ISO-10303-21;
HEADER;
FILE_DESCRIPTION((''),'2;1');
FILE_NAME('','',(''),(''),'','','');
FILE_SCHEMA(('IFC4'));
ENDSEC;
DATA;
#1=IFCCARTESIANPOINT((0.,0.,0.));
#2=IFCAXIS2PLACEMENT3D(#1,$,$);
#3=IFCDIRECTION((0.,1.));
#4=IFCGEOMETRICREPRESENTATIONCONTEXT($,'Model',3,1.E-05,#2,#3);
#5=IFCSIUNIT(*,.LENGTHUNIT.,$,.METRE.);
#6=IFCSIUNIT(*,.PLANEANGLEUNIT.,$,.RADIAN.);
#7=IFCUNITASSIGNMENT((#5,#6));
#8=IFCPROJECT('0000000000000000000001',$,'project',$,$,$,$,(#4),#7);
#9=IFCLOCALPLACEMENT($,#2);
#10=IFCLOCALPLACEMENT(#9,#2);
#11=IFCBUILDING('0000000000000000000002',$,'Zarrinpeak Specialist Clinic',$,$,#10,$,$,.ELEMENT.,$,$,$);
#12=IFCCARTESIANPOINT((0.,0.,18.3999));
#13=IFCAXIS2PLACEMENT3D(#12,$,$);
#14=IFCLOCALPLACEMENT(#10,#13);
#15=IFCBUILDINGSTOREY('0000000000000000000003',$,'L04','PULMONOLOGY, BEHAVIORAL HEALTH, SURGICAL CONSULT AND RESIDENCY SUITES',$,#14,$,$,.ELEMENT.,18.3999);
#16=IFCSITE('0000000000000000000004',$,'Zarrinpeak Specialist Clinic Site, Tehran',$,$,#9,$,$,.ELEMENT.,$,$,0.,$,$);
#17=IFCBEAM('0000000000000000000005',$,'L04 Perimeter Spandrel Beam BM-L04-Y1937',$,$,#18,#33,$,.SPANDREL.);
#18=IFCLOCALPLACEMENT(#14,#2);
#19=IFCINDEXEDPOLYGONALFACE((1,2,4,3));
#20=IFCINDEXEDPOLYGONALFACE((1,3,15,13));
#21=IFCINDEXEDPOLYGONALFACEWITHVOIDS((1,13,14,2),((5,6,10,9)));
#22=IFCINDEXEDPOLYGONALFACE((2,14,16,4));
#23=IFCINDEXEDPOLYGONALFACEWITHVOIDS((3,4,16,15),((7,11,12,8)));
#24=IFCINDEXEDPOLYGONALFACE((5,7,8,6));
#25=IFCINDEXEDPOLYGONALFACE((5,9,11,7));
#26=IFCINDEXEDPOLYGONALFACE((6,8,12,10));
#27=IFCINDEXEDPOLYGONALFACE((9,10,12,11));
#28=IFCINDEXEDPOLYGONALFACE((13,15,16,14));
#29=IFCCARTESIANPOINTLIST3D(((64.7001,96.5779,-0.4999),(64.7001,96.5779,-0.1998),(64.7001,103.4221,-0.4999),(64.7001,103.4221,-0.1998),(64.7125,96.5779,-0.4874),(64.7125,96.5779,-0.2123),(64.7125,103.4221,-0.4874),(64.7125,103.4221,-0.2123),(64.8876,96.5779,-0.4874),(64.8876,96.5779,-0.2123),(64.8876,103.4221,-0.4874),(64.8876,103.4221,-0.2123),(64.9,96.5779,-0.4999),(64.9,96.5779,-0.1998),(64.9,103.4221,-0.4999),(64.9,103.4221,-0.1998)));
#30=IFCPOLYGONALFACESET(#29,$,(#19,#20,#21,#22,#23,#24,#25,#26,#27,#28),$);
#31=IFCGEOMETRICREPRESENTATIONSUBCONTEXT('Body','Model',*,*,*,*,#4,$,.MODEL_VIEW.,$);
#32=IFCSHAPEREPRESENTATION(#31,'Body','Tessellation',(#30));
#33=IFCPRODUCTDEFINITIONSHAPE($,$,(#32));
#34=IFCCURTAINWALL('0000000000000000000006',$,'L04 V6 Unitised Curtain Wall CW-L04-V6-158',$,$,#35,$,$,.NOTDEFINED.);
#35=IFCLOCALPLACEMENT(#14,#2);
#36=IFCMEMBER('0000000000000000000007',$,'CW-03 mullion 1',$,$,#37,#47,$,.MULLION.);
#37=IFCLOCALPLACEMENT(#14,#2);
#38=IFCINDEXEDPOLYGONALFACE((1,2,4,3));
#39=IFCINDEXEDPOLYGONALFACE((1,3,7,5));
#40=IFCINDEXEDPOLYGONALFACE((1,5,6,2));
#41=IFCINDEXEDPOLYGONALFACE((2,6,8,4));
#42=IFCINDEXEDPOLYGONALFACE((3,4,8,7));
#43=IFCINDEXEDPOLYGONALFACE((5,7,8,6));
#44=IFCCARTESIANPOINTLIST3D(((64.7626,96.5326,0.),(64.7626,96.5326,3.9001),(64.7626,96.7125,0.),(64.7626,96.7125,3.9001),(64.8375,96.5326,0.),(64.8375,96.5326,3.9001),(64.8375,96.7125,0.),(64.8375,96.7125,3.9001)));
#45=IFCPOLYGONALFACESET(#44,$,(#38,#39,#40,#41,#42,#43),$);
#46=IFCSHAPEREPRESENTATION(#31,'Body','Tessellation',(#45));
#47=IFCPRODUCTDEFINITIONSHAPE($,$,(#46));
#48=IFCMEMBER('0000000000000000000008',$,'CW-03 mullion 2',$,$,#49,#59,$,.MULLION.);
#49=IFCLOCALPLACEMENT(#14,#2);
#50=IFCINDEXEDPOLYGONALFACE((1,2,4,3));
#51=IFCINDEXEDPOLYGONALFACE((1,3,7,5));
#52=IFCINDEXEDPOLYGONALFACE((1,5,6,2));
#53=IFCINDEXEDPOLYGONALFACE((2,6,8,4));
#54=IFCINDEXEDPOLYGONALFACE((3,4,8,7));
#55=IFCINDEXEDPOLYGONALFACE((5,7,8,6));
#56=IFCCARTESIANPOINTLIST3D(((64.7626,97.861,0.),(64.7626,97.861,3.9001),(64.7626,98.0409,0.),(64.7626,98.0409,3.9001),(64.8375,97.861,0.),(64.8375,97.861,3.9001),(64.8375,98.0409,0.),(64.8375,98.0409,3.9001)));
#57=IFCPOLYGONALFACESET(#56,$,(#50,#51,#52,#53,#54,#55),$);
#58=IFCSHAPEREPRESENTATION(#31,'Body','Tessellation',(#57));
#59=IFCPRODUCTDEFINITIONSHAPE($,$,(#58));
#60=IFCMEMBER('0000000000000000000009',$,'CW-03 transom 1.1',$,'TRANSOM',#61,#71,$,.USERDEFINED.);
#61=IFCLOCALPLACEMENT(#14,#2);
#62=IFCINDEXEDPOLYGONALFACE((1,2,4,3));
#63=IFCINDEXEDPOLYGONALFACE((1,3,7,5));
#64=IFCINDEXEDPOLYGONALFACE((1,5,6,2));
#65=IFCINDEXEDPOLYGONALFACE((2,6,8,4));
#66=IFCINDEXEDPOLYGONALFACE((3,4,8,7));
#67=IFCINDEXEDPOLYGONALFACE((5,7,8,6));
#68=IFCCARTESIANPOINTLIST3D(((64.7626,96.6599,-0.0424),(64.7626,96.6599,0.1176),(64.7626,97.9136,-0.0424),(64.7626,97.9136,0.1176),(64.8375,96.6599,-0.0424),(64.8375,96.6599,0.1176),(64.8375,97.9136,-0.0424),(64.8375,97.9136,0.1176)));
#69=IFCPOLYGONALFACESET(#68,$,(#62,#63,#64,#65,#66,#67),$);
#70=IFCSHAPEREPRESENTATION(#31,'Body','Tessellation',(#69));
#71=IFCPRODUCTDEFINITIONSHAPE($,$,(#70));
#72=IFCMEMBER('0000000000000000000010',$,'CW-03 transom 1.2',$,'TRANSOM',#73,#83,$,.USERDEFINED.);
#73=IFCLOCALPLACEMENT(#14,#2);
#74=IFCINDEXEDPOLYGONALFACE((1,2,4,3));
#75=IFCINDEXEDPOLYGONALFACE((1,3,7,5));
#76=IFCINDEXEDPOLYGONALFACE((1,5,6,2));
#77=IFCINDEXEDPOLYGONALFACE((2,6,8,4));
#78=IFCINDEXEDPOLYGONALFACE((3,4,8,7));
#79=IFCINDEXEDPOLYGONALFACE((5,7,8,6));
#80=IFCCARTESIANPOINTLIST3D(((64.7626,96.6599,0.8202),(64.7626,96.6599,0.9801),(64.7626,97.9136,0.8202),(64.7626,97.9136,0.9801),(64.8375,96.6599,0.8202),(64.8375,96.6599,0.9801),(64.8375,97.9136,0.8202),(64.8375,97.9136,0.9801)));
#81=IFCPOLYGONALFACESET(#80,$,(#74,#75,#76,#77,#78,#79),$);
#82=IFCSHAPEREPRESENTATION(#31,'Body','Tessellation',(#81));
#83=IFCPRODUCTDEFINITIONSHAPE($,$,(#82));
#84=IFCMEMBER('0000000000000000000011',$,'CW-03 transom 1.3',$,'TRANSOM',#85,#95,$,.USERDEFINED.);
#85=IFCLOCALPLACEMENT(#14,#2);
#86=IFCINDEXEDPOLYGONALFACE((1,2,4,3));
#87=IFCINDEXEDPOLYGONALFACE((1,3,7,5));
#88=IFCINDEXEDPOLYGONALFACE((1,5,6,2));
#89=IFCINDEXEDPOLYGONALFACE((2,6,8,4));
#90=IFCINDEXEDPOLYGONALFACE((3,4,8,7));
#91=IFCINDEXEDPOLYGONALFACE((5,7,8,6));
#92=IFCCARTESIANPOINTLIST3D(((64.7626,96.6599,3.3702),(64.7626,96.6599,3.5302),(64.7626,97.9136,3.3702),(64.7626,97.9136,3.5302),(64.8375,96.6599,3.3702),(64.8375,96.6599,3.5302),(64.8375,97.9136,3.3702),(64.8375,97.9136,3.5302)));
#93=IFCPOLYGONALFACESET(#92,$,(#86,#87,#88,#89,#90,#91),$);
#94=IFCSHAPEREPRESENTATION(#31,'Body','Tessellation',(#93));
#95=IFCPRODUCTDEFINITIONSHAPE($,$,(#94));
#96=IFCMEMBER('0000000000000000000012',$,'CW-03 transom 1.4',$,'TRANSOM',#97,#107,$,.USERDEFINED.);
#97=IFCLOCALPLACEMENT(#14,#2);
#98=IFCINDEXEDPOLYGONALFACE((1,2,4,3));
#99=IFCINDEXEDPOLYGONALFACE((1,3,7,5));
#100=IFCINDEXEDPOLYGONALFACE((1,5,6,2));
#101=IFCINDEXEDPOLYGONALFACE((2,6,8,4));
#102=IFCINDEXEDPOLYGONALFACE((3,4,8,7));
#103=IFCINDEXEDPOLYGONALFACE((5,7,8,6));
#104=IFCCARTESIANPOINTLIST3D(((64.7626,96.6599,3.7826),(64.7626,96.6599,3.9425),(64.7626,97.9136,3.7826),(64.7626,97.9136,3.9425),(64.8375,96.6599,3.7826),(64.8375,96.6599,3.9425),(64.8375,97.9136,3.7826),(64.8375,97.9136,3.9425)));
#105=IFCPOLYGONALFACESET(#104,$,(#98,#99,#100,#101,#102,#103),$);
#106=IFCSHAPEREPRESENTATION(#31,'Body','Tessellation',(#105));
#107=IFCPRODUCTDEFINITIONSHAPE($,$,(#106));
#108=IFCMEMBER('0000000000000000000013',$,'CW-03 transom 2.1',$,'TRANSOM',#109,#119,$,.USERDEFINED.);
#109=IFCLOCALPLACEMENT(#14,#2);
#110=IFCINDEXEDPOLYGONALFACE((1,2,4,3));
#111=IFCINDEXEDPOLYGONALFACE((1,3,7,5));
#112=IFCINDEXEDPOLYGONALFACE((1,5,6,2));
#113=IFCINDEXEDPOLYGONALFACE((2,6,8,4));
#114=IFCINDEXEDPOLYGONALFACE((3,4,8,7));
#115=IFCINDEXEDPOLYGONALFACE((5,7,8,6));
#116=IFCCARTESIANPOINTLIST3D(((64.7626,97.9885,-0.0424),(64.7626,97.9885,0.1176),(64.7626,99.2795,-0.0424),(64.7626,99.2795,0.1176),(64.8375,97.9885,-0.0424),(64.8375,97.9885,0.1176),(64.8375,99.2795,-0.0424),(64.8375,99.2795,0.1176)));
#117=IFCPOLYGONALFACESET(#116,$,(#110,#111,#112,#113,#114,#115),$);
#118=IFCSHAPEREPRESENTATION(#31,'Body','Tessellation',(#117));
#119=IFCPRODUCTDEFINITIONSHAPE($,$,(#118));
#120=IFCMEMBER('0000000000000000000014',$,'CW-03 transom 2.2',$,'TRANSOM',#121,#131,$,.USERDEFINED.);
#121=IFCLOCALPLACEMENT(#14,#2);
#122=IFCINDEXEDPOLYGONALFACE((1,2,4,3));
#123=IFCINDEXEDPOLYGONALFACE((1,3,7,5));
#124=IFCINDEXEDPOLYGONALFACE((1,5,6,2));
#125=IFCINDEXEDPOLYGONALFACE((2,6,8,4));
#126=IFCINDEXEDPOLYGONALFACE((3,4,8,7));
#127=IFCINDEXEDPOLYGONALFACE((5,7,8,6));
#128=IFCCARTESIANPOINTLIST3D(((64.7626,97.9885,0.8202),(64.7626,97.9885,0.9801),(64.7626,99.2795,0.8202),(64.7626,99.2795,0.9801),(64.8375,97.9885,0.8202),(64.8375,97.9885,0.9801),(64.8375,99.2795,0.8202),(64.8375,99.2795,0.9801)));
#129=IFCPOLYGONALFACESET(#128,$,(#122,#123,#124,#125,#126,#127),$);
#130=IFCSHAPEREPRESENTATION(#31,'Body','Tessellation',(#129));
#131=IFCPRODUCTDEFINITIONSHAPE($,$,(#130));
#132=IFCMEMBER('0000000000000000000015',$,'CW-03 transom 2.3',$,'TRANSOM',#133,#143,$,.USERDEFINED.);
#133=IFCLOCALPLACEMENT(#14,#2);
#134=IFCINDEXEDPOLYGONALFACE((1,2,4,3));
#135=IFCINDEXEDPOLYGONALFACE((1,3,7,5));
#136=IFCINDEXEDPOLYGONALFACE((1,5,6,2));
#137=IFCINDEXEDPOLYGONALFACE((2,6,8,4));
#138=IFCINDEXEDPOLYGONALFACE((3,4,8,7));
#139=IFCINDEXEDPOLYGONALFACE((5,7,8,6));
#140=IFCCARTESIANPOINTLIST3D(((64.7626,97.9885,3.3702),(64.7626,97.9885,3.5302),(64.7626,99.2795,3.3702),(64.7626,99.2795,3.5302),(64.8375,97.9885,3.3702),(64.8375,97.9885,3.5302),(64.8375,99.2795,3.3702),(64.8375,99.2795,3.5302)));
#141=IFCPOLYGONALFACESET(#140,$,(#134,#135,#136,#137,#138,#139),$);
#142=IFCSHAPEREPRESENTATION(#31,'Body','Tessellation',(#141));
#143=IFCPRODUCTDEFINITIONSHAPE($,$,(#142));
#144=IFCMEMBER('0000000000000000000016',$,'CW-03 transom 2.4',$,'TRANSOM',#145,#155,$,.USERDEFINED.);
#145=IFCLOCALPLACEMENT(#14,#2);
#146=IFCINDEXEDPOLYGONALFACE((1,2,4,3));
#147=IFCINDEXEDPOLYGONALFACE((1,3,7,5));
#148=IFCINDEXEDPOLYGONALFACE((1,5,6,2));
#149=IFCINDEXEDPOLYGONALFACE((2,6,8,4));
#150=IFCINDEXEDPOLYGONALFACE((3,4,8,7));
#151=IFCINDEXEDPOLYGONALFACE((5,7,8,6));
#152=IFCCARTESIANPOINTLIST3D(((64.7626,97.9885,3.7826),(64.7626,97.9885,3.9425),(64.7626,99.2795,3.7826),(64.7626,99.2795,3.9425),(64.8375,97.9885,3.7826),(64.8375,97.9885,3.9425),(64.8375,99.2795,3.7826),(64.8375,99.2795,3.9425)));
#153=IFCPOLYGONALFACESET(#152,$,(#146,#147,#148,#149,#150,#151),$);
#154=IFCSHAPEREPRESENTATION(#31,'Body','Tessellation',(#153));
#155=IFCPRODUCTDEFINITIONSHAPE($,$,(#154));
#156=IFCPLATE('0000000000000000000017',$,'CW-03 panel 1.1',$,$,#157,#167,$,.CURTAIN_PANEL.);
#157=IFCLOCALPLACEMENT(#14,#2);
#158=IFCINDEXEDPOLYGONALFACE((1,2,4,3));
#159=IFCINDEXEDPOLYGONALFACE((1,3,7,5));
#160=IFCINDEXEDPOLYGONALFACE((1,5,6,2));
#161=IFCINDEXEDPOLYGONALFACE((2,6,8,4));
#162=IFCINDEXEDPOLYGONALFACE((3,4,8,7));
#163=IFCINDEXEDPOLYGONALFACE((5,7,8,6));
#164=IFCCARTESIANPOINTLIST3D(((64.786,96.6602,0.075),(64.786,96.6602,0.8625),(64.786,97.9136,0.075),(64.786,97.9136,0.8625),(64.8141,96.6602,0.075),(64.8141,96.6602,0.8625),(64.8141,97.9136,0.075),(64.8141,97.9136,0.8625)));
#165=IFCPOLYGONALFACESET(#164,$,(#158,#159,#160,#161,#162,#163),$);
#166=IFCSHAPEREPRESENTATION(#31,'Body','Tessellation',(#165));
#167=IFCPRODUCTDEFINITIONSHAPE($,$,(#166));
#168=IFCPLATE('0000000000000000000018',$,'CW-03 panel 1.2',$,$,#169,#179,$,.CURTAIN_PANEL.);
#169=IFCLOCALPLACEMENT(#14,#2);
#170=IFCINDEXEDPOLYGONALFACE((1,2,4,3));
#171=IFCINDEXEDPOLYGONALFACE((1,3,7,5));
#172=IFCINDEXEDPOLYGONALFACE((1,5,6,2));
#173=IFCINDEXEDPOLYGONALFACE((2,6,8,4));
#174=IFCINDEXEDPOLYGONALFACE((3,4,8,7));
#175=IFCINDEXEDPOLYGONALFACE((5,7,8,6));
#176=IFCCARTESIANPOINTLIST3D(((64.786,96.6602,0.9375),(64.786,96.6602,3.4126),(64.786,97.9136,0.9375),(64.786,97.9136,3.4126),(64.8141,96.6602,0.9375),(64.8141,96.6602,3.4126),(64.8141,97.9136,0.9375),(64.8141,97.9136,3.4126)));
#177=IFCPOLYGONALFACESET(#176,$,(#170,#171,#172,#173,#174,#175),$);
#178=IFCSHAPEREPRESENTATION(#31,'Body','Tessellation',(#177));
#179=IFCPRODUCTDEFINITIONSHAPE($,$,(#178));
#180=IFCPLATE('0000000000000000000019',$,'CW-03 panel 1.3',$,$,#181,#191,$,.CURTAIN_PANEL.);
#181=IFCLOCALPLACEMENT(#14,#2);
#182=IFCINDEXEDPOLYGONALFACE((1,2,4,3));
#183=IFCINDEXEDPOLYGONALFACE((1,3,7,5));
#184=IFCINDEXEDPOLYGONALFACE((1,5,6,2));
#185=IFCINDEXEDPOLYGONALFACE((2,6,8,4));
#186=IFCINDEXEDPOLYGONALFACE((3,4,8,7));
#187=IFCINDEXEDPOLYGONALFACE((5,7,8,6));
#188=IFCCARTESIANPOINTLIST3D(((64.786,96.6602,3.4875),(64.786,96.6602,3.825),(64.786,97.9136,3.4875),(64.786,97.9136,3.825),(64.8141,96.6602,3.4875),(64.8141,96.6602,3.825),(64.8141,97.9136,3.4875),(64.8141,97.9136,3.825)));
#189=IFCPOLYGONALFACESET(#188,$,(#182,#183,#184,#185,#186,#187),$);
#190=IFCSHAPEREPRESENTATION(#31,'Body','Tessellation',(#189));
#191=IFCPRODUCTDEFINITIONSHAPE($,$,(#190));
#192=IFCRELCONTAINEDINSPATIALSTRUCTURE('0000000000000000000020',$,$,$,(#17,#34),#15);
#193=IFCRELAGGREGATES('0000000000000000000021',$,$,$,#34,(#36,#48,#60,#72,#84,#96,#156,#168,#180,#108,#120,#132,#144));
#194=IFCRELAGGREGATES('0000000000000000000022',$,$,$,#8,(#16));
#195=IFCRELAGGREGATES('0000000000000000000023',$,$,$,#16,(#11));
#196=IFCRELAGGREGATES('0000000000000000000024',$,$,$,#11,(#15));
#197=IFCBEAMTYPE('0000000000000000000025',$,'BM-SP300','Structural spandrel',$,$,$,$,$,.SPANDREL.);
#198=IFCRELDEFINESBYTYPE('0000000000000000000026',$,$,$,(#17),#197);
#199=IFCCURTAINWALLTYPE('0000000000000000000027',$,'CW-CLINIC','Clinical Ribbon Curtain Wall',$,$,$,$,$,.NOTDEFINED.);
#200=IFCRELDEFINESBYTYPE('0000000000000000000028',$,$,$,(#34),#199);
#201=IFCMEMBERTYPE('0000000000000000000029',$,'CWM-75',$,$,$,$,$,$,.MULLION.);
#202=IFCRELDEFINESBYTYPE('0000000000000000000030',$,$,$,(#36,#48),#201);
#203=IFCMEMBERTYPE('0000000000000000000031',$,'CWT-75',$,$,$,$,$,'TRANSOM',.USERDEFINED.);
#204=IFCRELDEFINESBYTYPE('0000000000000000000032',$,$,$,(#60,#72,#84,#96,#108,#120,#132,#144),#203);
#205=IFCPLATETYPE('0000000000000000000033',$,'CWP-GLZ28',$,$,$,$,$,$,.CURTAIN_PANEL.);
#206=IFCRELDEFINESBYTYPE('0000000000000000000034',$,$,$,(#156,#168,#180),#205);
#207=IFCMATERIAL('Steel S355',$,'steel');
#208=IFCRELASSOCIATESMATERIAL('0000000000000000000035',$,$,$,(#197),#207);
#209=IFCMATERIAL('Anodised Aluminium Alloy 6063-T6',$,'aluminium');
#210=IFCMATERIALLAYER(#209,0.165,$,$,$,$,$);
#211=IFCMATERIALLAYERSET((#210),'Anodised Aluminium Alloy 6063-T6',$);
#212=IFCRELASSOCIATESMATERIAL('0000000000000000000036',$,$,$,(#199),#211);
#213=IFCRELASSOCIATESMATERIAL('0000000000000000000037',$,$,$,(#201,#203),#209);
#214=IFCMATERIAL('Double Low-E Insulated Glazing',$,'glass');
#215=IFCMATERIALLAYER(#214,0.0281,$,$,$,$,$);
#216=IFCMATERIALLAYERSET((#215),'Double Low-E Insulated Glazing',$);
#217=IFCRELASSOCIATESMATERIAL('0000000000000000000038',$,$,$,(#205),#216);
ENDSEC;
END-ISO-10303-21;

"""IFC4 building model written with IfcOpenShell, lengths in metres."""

from ifc_helpers import new_model, si_unit, direction, frame, origin, origin_2d, place, context, subcontext, project, spatial, rectangle, hollow_rectangle, extrude, material, layer, layer_set, material_profile, profile_set, type_object, element, aggregate, save


model = new_model("IFC4")

# Units and contexts
model_context = context("Model", 3, precision=1e-05, world=origin(), true_north=direction((0.0, 1.0)))
body_context = subcontext(model_context, "Body", "Model", "MODEL_VIEW")
ifc_project = project(units=[si_unit("LENGTHUNIT", "METRE"), si_unit("PLANEANGLEUNIT", "RADIAN")], contexts=[model_context])

# Site, building, storey
site_placement = place(None, origin())
site = spatial("IfcSite", under=ifc_project, at=site_placement, Name="Zarrinpeak Specialist Clinic Site, Tehran", CompositionType="ELEMENT", RefElevation=0.0)
building_placement = place(site_placement, origin())
building = spatial("IfcBuilding", under=site, at=building_placement, Name="Zarrinpeak Specialist Clinic", CompositionType="ELEMENT")
storey_placement = place(building_placement, frame((0.0, 0.0, 18.3999)))
storey = spatial("IfcBuildingStorey", under=building, at=storey_placement, Name="L04", Description="PULMONOLOGY, BEHAVIORAL HEALTH, SURGICAL CONSULT AND RESIDENCY SUITES", CompositionType="ELEMENT", Elevation=18.3999)

# Beam
ifc_material_1 = material(Name="Steel S355", Category="steel")
ifc_material_profile_1 = material_profile(ifc_material_1, hollow_rectangle(XDim=0.2, YDim=0.3, WallThickness=0.0125, at=origin_2d()), Name="RHS 300x200x12.5")
ifc_profile_set_1 = profile_set([ifc_material_profile_1], Name="Steel S355")
beam_type_1 = type_object("IfcBeamType", Name="BM-SP300", Description="Structural spandrel", PredefinedType="SPANDREL", material=ifc_profile_set_1)
beam_1_placement = place(storey_placement, frame((64.8, 96.5779, -0.3499), z_axis=(0.0, 1.0, 0.0), x_axis=(-1.0, 0.0, 0.0)))
element("IfcBeam", 1, at=beam_1_placement, inside=storey, type_object=beam_type_1, Name="L04 Perimeter Spandrel Beam BM-L04-Y1937", PredefinedType="SPANDREL", context=body_context, shape_type="SweptSolid", body=[
    extrude(hollow_rectangle(XDim=0.2, YDim=0.3, WallThickness=0.0125, at=origin_2d()), origin(), (0.0, 0.0, 1.0), 6.8442),
])

# Curtain wall, members, plates
ifc_material_2 = material(Name="Anodised Aluminium Alloy 6063-T6", Category="aluminium")
ifc_layer_1 = layer(ifc_material_2, 0.165)
ifc_layer_set_1 = layer_set([ifc_layer_1], Name="Anodised Aluminium Alloy 6063-T6")
curtain_wall_type = type_object("IfcCurtainWallType", Name="CW-CLINIC", Description="Clinical Ribbon Curtain Wall", PredefinedType="NOTDEFINED", material=ifc_layer_set_1)
curtain_wall_placement = place(storey_placement, origin())
curtain_wall = element("IfcCurtainWall", 2, at=curtain_wall_placement, inside=storey, type_object=curtain_wall_type, Name="L04 V6 Unitised Curtain Wall CW-L04-V6-158", PredefinedType="NOTDEFINED")
ifc_material_profile_2 = material_profile(ifc_material_2, rectangle(XDim=0.075, YDim=0.1799, at=origin_2d()), Name="ALU 75x180")
ifc_profile_set_2 = profile_set([ifc_material_profile_2], Name="Anodised Aluminium Alloy 6063-T6")
member_type_1 = type_object("IfcMemberType", Name="CWM-75", PredefinedType="MULLION", material=ifc_profile_set_2)
member_1_placement = place(storey_placement, frame((64.8, 96.6226, 0.0), z_axis=(0.0, 0.0, 1.0), x_axis=(-1.0, 0.0, 0.0)))
member_1 = element("IfcMember", 3, at=member_1_placement, type_object=member_type_1, Name="CW-03 mullion 1", PredefinedType="MULLION", context=body_context, shape_type="SweptSolid", body=[
    extrude(rectangle(XDim=0.075, YDim=0.1799, at=origin_2d()), origin(), (0.0, 0.0, 1.0), 3.9001),
])
member_2_placement = place(storey_placement, frame((64.8, 97.9509, 0.0), z_axis=(0.0, 0.0, 1.0), x_axis=(-1.0, 0.0, 0.0)))
member_2 = element("IfcMember", 4, at=member_2_placement, type_object=member_type_1, Name="CW-03 mullion 2", PredefinedType="MULLION", context=body_context, shape_type="SweptSolid", body=[
    extrude(rectangle(XDim=0.075, YDim=0.1799, at=origin_2d()), origin(), (0.0, 0.0, 1.0), 3.9001),
])
ifc_material_profile_3 = material_profile(ifc_material_2, rectangle(XDim=0.075, YDim=0.1599, at=origin_2d()), Name="ALU 75x160")
ifc_profile_set_3 = profile_set([ifc_material_profile_3], Name="Anodised Aluminium Alloy 6063-T6")
member_type_2 = type_object("IfcMemberType", Name="CWT-75", ElementType="TRANSOM", PredefinedType="USERDEFINED", material=ifc_profile_set_3)
member_3_placement = place(storey_placement, frame((64.8, 96.6599, 0.0376), z_axis=(0.0, 1.0, 0.0), x_axis=(-1.0, 0.0, 0.0)))
member_3 = element("IfcMember", 5, at=member_3_placement, type_object=member_type_2, Name="CW-03 transom 1.1", ObjectType="TRANSOM", PredefinedType="USERDEFINED", context=body_context, shape_type="SweptSolid", body=[
    extrude(rectangle(XDim=0.075, YDim=0.1599, at=origin_2d()), origin(), (0.0, 0.0, 1.0), 1.2537),
])
member_4_placement = place(storey_placement, frame((64.8, 96.6599, 0.9001), z_axis=(0.0, 1.0, 0.0), x_axis=(-1.0, 0.0, 0.0)))
member_4 = element("IfcMember", 6, at=member_4_placement, type_object=member_type_2, Name="CW-03 transom 1.2", ObjectType="TRANSOM", PredefinedType="USERDEFINED", context=body_context, shape_type="SweptSolid", body=[
    extrude(rectangle(XDim=0.075, YDim=0.1599, at=origin_2d()), origin(), (0.0, 0.0, 1.0), 1.2537),
])
member_5_placement = place(storey_placement, frame((64.8, 96.6599, 3.4502), z_axis=(0.0, 1.0, 0.0), x_axis=(-1.0, 0.0, 0.0)))
member_5 = element("IfcMember", 7, at=member_5_placement, type_object=member_type_2, Name="CW-03 transom 1.3", ObjectType="TRANSOM", PredefinedType="USERDEFINED", context=body_context, shape_type="SweptSolid", body=[
    extrude(rectangle(XDim=0.075, YDim=0.1599, at=origin_2d()), origin(), (0.0, 0.0, 1.0), 1.2537),
])
member_6_placement = place(storey_placement, frame((64.8, 96.6599, 3.8625), z_axis=(0.0, 1.0, 0.0), x_axis=(-1.0, 0.0, 0.0)))
member_6 = element("IfcMember", 8, at=member_6_placement, type_object=member_type_2, Name="CW-03 transom 1.4", ObjectType="TRANSOM", PredefinedType="USERDEFINED", context=body_context, shape_type="SweptSolid", body=[
    extrude(rectangle(XDim=0.075, YDim=0.1599, at=origin_2d()), origin(), (0.0, 0.0, 1.0), 1.2537),
])
member_7_placement = place(storey_placement, frame((64.8, 97.9885, 0.0376), z_axis=(0.0, 1.0, 0.0), x_axis=(-1.0, 0.0, 0.0)))
member_7 = element("IfcMember", 9, at=member_7_placement, type_object=member_type_2, Name="CW-03 transom 2.1", ObjectType="TRANSOM", PredefinedType="USERDEFINED", context=body_context, shape_type="SweptSolid", body=[
    extrude(rectangle(XDim=0.075, YDim=0.1599, at=origin_2d()), origin(), (0.0, 0.0, 1.0), 1.291),
])
member_8_placement = place(storey_placement, frame((64.8, 97.9885, 0.9001), z_axis=(0.0, 1.0, 0.0), x_axis=(-1.0, 0.0, 0.0)))
member_8 = element("IfcMember", 10, at=member_8_placement, type_object=member_type_2, Name="CW-03 transom 2.2", ObjectType="TRANSOM", PredefinedType="USERDEFINED", context=body_context, shape_type="SweptSolid", body=[
    extrude(rectangle(XDim=0.075, YDim=0.1599, at=origin_2d()), origin(), (0.0, 0.0, 1.0), 1.291),
])
member_9_placement = place(storey_placement, frame((64.8, 97.9885, 3.4502), z_axis=(0.0, 1.0, 0.0), x_axis=(-1.0, 0.0, 0.0)))
member_9 = element("IfcMember", 11, at=member_9_placement, type_object=member_type_2, Name="CW-03 transom 2.3", ObjectType="TRANSOM", PredefinedType="USERDEFINED", context=body_context, shape_type="SweptSolid", body=[
    extrude(rectangle(XDim=0.075, YDim=0.1599, at=origin_2d()), origin(), (0.0, 0.0, 1.0), 1.291),
])
member_10_placement = place(storey_placement, frame((64.8, 97.9885, 3.8625), z_axis=(0.0, 1.0, 0.0), x_axis=(-1.0, 0.0, 0.0)))
member_10 = element("IfcMember", 12, at=member_10_placement, type_object=member_type_2, Name="CW-03 transom 2.4", ObjectType="TRANSOM", PredefinedType="USERDEFINED", context=body_context, shape_type="SweptSolid", body=[
    extrude(rectangle(XDim=0.075, YDim=0.1599, at=origin_2d()), origin(), (0.0, 0.0, 1.0), 1.291),
])
ifc_material_3 = material(Name="Double Low-E Insulated Glazing", Category="glass")
ifc_layer_2 = layer(ifc_material_3, 0.0281)
ifc_layer_set_2 = layer_set([ifc_layer_2], Name="Double Low-E Insulated Glazing")
plate_type = type_object("IfcPlateType", Name="CWP-GLZ28", PredefinedType="CURTAIN_PANEL", material=ifc_layer_set_2)
plate_1_placement = place(storey_placement, frame((64.8, 97.2869, 0.075), z_axis=(0.0, 0.0, 1.0), x_axis=(0.0, 1.0, 0.0)))
plate_1 = element("IfcPlate", 13, at=plate_1_placement, type_object=plate_type, Name="CW-03 panel 1.1", PredefinedType="CURTAIN_PANEL", context=body_context, shape_type="SweptSolid", body=[
    extrude(rectangle(XDim=1.2534, YDim=0.0281, at=origin_2d()), origin(), (0.0, 0.0, 1.0), 0.7876),
])
plate_2_placement = place(storey_placement, frame((64.8, 97.2869, 0.9375), z_axis=(0.0, 0.0, 1.0), x_axis=(0.0, 1.0, 0.0)))
plate_2 = element("IfcPlate", 14, at=plate_2_placement, type_object=plate_type, Name="CW-03 panel 1.2", PredefinedType="CURTAIN_PANEL", context=body_context, shape_type="SweptSolid", body=[
    extrude(rectangle(XDim=1.2534, YDim=0.0281, at=origin_2d()), origin(), (0.0, 0.0, 1.0), 2.4751),
])
plate_3_placement = place(storey_placement, frame((64.8, 97.2869, 3.4875), z_axis=(0.0, 0.0, 1.0), x_axis=(0.0, 1.0, 0.0)))
plate_3 = element("IfcPlate", 15, at=plate_3_placement, type_object=plate_type, Name="CW-03 panel 1.3", PredefinedType="CURTAIN_PANEL", context=body_context, shape_type="SweptSolid", body=[
    extrude(rectangle(XDim=1.2534, YDim=0.0281, at=origin_2d()), origin(), (0.0, 0.0, 1.0), 0.3374),
])
aggregate(curtain_wall, [member_1, member_2, member_3, member_4, member_5, member_6, plate_1, plate_2, plate_3, member_7, member_8, member_9, member_10])

save(model, "model.ifc")
